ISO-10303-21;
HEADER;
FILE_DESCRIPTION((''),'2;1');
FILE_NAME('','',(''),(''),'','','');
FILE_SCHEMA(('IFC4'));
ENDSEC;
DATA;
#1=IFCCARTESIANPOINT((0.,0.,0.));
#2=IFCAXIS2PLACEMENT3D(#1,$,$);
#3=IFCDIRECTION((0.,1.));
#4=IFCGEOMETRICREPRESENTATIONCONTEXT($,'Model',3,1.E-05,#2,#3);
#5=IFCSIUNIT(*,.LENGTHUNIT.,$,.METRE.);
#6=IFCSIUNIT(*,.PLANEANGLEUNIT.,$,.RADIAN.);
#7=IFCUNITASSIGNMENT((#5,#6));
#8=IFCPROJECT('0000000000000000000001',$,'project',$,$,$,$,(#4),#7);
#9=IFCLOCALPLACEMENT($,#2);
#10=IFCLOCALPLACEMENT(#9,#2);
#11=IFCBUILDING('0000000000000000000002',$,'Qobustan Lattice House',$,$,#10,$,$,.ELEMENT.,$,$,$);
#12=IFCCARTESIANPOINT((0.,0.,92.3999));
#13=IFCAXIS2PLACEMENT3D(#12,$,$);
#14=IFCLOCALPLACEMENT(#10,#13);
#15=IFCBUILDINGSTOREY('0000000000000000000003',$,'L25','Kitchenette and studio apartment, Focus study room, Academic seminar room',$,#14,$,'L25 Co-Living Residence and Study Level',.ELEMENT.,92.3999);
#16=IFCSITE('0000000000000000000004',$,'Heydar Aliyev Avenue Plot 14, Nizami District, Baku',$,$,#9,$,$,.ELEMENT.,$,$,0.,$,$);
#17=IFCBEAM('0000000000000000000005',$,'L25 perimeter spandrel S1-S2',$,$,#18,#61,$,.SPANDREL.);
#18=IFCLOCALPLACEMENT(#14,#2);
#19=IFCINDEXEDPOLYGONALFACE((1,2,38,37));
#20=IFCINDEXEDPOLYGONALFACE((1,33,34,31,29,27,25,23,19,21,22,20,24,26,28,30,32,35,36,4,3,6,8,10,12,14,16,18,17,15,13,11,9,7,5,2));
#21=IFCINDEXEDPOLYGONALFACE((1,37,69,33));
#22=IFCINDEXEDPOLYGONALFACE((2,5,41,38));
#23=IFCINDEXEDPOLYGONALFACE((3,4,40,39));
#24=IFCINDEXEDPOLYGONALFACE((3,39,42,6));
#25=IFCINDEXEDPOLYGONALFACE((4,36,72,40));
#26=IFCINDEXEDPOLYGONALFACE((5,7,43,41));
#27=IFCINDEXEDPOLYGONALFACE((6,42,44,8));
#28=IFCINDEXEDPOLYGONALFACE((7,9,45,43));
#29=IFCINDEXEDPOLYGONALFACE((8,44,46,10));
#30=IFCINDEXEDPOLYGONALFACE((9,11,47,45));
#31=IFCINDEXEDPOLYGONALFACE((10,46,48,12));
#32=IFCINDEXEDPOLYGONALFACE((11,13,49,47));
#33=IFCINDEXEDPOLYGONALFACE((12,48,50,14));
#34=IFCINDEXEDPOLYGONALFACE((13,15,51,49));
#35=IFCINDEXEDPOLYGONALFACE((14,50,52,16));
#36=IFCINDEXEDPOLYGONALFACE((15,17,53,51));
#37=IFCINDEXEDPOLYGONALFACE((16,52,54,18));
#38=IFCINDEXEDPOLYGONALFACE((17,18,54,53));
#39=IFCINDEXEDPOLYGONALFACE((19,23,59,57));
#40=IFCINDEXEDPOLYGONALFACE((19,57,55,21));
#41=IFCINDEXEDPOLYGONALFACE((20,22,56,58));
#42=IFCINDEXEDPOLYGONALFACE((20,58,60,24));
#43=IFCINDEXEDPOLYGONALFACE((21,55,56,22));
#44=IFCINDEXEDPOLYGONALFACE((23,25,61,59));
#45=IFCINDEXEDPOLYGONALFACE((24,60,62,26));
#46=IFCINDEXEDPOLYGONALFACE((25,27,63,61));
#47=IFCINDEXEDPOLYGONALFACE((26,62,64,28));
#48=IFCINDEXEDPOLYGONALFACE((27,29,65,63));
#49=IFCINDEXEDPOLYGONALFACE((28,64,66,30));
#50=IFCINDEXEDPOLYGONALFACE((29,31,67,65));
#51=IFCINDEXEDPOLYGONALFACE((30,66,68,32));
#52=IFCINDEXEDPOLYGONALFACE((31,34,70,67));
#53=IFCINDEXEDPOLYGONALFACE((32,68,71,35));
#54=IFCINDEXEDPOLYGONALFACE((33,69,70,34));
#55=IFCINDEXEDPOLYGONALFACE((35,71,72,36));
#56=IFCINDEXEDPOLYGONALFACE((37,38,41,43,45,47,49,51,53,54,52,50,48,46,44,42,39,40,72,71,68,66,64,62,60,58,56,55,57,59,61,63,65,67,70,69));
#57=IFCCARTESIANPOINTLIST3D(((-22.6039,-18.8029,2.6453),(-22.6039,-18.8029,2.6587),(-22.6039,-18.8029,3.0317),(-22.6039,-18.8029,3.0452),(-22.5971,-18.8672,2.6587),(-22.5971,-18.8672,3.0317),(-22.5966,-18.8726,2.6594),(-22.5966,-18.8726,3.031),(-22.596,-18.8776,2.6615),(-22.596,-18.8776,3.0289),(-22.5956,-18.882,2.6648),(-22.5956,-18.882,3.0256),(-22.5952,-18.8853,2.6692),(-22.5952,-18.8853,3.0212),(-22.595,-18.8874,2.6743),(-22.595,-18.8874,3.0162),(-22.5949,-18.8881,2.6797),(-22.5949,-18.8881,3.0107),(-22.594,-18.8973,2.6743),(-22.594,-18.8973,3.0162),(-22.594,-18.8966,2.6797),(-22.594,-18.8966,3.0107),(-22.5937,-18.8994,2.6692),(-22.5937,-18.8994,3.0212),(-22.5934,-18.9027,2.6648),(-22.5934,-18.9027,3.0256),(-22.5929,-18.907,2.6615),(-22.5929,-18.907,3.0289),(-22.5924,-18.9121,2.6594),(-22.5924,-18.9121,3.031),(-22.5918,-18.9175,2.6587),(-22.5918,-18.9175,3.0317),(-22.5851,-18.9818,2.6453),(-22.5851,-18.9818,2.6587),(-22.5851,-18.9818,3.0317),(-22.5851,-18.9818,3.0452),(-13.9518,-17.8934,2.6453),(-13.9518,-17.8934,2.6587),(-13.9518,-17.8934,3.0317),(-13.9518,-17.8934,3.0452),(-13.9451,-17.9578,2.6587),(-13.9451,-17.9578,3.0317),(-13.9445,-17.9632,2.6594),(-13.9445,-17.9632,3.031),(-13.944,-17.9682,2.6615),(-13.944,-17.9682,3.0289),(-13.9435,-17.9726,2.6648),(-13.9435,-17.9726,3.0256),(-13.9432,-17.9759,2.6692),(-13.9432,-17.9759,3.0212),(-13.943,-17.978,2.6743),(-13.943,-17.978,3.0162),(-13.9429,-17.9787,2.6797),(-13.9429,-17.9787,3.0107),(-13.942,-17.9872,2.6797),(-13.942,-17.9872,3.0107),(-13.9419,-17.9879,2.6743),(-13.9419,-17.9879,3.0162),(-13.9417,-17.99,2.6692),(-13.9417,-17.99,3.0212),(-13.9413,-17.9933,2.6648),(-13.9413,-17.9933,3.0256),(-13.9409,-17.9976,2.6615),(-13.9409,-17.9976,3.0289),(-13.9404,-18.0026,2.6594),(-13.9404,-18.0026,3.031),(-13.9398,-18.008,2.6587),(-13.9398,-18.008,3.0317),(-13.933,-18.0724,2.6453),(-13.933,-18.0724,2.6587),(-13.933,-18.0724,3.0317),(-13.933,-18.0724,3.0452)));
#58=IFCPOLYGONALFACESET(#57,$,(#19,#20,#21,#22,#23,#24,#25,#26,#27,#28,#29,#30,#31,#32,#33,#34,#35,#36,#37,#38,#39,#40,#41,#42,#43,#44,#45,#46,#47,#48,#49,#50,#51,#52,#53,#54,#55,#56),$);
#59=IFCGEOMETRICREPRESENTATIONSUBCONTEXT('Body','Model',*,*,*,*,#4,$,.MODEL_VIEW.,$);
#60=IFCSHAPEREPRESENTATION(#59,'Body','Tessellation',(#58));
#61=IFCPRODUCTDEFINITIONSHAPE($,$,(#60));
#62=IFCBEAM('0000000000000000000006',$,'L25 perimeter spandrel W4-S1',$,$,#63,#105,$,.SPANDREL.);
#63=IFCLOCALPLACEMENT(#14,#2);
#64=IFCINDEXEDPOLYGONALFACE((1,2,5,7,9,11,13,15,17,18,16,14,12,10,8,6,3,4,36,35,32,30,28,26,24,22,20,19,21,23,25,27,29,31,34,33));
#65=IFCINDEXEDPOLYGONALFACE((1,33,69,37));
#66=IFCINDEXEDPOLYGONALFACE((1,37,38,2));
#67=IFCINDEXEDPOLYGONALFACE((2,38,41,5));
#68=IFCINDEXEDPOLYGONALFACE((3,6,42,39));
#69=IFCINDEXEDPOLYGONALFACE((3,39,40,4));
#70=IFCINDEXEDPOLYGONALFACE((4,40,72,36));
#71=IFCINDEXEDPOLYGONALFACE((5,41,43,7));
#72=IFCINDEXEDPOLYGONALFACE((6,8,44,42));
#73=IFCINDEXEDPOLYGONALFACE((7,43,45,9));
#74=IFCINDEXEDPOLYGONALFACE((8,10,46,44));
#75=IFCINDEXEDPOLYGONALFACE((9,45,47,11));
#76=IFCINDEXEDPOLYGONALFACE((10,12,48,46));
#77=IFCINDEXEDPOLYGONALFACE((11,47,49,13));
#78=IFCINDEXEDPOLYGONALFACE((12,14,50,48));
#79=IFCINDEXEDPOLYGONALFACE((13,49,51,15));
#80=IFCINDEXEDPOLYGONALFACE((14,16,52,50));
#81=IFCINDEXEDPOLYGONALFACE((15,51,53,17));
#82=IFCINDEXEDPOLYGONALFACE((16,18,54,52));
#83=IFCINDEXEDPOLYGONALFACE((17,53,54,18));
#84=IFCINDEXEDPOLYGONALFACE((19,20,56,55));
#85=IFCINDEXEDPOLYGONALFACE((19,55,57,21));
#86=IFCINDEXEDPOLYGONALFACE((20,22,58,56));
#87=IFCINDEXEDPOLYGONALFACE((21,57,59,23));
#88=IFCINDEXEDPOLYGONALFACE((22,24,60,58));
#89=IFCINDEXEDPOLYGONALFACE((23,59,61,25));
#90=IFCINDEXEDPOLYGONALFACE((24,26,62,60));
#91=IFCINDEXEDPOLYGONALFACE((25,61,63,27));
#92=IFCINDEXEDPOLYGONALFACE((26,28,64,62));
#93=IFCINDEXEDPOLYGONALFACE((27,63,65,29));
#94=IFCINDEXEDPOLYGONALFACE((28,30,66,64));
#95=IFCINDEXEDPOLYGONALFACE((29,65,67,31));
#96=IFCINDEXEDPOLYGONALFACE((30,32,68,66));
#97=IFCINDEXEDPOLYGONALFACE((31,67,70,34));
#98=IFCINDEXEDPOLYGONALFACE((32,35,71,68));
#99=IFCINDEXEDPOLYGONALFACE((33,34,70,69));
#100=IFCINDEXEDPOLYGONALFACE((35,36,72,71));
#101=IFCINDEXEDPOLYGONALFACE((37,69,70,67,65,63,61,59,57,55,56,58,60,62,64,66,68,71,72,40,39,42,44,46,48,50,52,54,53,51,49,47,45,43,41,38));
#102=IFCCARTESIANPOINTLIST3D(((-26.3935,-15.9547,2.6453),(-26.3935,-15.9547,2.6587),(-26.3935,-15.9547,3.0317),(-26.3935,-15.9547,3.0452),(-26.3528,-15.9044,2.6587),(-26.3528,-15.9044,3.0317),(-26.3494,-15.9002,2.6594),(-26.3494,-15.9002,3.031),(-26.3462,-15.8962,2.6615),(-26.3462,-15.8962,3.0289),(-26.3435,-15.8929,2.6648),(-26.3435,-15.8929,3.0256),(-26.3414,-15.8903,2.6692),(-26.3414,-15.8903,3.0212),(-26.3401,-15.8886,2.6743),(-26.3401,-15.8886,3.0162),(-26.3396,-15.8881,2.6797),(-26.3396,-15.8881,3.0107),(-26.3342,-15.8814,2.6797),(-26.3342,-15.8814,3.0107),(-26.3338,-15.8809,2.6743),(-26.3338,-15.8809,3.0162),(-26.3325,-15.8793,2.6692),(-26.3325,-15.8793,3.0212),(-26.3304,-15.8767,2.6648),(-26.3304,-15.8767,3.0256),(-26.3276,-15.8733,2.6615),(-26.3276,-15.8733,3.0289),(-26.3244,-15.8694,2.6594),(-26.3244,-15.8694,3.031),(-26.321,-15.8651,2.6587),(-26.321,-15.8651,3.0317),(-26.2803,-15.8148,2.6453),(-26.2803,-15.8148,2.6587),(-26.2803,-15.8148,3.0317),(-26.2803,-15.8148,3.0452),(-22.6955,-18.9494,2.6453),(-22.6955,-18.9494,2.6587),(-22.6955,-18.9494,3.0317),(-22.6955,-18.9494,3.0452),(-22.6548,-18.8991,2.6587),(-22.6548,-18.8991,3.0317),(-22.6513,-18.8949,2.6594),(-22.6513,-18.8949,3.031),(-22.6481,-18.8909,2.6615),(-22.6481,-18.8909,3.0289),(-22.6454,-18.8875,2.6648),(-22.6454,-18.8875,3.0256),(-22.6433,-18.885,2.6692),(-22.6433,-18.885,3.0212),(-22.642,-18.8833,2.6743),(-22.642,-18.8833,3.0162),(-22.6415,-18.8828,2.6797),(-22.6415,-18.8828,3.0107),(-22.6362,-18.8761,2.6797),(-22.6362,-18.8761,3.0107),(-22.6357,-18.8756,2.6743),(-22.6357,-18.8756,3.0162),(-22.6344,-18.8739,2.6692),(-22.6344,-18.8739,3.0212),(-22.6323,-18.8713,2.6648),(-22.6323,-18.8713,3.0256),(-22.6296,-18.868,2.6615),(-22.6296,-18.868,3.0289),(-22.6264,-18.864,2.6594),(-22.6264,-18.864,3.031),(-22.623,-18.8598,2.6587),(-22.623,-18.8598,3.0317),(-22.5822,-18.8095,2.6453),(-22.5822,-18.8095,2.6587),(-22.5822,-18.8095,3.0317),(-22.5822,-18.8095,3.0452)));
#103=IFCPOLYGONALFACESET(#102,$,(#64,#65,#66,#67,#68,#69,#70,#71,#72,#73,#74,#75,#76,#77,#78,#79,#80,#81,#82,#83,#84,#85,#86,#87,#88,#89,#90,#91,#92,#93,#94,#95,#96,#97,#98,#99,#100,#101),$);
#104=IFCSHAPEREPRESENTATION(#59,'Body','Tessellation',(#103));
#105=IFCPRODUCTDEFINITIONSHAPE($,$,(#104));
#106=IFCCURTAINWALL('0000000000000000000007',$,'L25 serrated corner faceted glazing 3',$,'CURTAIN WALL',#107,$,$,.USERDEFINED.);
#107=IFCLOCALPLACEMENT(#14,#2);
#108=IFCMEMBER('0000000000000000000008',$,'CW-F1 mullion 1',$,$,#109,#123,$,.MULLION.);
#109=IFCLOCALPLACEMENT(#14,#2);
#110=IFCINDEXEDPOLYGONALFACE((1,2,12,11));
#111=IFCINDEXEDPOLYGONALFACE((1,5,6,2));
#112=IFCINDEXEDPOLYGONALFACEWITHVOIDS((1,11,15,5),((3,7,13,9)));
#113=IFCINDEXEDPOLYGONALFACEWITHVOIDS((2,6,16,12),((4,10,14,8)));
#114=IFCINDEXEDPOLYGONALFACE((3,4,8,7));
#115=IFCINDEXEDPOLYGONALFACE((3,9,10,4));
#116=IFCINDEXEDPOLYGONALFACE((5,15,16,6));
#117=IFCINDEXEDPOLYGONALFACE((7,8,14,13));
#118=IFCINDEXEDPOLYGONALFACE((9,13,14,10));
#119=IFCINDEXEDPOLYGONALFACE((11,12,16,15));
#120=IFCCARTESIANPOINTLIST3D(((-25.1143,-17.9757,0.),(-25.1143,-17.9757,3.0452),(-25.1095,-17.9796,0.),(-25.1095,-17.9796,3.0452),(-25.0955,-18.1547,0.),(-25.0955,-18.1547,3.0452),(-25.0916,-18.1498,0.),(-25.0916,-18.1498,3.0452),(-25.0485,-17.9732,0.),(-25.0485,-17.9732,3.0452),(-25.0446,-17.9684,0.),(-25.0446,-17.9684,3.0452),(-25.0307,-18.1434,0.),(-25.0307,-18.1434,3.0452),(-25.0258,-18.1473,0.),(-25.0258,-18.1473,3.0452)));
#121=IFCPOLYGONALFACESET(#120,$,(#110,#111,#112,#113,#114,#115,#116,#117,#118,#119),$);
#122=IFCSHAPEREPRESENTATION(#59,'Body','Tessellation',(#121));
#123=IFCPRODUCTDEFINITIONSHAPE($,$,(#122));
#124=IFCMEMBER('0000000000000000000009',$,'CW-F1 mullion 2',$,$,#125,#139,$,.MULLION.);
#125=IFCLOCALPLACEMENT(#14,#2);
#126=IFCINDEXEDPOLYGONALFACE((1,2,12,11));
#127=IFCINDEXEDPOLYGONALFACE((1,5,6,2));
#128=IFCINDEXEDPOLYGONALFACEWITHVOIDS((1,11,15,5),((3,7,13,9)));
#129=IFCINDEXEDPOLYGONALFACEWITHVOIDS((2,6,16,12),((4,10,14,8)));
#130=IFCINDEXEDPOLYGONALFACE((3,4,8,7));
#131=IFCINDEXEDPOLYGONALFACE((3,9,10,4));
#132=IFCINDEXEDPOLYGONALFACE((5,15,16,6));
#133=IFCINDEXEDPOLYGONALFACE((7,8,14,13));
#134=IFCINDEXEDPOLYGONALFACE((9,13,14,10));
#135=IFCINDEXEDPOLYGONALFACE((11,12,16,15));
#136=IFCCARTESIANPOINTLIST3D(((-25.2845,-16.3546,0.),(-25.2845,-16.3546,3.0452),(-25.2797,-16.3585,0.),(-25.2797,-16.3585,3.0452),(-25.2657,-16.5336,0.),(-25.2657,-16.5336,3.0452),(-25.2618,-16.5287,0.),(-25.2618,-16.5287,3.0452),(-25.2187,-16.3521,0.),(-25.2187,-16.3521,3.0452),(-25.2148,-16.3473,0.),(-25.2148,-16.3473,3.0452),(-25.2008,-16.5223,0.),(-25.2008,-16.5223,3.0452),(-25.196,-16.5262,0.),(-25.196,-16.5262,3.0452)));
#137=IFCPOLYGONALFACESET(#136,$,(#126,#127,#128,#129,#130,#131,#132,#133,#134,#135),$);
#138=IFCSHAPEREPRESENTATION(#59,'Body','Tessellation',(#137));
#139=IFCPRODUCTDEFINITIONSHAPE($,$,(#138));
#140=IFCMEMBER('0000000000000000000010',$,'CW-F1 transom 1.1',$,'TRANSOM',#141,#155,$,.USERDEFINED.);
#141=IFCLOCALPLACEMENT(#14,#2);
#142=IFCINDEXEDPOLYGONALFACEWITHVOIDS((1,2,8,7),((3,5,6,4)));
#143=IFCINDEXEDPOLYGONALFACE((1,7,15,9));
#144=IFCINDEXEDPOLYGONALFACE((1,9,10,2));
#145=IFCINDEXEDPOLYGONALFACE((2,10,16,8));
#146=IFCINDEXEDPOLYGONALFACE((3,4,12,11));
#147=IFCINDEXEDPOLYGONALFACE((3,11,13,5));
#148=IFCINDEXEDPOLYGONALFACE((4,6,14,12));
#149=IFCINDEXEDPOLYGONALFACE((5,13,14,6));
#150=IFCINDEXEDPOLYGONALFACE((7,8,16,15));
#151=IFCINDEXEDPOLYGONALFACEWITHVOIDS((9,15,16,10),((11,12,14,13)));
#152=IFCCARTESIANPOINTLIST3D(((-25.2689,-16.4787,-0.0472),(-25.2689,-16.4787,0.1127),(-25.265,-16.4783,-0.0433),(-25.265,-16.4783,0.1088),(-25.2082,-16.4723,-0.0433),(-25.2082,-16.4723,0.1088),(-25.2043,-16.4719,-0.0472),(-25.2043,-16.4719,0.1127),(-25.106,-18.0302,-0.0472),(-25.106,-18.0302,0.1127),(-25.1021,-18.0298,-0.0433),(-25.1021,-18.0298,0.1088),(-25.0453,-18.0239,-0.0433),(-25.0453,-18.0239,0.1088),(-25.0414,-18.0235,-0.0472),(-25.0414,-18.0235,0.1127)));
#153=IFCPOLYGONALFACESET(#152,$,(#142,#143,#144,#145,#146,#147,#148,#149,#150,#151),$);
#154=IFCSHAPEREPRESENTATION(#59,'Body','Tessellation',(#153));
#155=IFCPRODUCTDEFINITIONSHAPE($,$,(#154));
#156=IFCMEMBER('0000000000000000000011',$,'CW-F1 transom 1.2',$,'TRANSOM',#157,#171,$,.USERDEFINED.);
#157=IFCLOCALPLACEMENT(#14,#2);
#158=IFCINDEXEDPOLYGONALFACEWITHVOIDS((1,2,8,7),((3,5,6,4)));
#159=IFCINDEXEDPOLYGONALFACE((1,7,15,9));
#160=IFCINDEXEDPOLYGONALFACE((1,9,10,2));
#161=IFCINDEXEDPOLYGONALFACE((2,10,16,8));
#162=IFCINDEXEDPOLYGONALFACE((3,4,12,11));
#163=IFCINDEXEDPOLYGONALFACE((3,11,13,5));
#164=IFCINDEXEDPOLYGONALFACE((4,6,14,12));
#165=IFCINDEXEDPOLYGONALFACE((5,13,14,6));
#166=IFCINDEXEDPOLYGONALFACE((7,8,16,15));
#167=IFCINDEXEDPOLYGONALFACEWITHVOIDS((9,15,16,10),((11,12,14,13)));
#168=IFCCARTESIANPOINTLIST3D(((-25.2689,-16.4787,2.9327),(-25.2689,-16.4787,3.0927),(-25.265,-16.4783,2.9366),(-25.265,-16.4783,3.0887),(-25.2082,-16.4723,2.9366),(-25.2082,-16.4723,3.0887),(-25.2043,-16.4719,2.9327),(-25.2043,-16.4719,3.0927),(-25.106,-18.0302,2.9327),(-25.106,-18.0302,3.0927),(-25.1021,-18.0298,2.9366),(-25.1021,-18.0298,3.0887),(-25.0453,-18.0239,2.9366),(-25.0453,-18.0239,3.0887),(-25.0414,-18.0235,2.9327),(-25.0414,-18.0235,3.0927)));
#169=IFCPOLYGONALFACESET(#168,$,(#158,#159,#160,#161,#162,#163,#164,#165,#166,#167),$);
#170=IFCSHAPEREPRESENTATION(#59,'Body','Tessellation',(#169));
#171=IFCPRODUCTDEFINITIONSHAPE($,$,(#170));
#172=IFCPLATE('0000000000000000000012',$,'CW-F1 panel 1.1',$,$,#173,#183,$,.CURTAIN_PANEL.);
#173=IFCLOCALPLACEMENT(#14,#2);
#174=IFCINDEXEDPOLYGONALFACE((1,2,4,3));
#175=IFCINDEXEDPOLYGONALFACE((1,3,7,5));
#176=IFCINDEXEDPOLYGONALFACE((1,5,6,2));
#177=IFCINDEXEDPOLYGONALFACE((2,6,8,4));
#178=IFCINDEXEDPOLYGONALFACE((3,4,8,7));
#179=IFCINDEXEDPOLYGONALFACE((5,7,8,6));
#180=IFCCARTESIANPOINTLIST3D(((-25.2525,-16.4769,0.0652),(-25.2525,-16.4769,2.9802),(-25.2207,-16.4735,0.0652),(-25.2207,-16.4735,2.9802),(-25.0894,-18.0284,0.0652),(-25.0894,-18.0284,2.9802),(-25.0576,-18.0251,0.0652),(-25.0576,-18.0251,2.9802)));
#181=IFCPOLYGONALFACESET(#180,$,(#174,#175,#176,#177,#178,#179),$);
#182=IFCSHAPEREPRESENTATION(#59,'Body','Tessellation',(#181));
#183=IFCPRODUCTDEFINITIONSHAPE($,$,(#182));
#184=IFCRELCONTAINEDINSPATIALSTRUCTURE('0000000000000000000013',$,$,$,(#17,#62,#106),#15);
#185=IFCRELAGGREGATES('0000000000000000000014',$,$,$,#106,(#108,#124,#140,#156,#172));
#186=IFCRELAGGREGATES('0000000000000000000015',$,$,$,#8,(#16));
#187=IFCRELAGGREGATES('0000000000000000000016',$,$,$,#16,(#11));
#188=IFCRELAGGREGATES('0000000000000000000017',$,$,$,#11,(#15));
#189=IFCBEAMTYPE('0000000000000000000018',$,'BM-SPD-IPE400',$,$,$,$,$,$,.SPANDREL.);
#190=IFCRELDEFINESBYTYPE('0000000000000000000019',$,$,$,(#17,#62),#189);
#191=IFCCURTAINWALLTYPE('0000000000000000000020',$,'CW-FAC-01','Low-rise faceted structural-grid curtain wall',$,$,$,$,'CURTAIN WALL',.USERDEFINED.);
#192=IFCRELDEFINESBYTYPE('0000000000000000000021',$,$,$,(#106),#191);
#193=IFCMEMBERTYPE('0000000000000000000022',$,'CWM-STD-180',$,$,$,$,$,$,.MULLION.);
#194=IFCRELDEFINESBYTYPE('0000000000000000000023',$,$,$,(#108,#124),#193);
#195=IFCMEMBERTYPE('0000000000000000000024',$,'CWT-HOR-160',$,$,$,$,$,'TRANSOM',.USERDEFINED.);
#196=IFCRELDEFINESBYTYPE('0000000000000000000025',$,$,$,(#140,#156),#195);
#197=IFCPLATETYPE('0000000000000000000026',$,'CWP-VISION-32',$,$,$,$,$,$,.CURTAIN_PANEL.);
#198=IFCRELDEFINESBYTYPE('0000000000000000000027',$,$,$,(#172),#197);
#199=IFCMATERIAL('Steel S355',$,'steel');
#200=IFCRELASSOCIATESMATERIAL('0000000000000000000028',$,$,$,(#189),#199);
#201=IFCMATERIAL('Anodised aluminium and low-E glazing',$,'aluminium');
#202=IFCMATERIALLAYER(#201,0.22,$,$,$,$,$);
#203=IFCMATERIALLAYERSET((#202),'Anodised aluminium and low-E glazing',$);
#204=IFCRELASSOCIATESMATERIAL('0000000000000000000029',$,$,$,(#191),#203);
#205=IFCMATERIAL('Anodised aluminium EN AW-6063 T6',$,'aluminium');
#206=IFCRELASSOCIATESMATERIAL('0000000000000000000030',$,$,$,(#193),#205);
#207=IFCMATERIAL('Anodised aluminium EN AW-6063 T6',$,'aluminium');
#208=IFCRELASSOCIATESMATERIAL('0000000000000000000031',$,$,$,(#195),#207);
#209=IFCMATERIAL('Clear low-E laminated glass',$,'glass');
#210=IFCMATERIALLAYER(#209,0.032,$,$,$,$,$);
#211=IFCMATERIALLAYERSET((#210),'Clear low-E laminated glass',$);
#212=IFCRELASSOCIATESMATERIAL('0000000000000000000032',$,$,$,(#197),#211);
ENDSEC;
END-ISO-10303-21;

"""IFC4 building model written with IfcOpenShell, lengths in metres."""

from ifc_helpers import new_model, si_unit, direction, frame, origin, origin_2d, place, context, subcontext, project, spatial, rectangle, hollow_rectangle, i_section, extrude, material, layer, layer_set, material_profile, profile_set, type_object, element, aggregate, save


model = new_model("IFC4")

# Units and contexts
model_context = context("Model", 3, precision=1e-05, world=origin(), true_north=direction((0.0, 1.0)))
body_context = subcontext(model_context, "Body", "Model", "MODEL_VIEW")
ifc_project = project(units=[si_unit("LENGTHUNIT", "METRE"), si_unit("PLANEANGLEUNIT", "RADIAN")], contexts=[model_context])

# Site, building, storey
site_placement = place(None, origin())
site = spatial("IfcSite", under=ifc_project, at=site_placement, Name="Heydar Aliyev Avenue Plot 14, Nizami District, Baku", CompositionType="ELEMENT", RefElevation=0.0)
building_placement = place(site_placement, origin())
building = spatial("IfcBuilding", under=site, at=building_placement, Name="Qobustan Lattice House", CompositionType="ELEMENT")
storey_placement = place(building_placement, frame((0.0, 0.0, 92.3999)))
storey = spatial("IfcBuildingStorey", under=building, at=storey_placement, Name="L25", Description="Kitchenette and studio apartment, Focus study room, Academic seminar room", LongName="L25 Co-Living Residence and Study Level", CompositionType="ELEMENT", Elevation=92.3999)

# Beams
ifc_material_1 = material(Name="Steel S355", Category="steel")
ifc_material_profile_1 = material_profile(ifc_material_1, i_section(OverallWidth=0.1799, OverallDepth=0.3999, WebThickness=0.0085, FlangeThickness=0.0134, FilletRadius=0.021, at=origin_2d()), Name="IPE400")
ifc_profile_set_1 = profile_set([ifc_material_profile_1], Name="Steel S355")
beam_type_1 = type_object("IfcBeamType", Name="BM-SPD-IPE400", PredefinedType="SPANDREL", material=ifc_profile_set_1)
beam_1_placement = place(storey_placement, frame((-22.5945, -18.8923, 2.8452), z_axis=(0.994521, 0.104534, 0.0), x_axis=(-0.104534, 0.994521, 0.0)))
element("IfcBeam", 1, at=beam_1_placement, inside=storey, type_object=beam_type_1, Name="L25 perimeter spandrel S1-S2", PredefinedType="SPANDREL", context=body_context, shape_type="SweptSolid", body=[
    extrude(i_section(OverallWidth=0.1799, OverallDepth=0.3999, WebThickness=0.0085, FlangeThickness=0.0134, FilletRadius=0.021, at=origin_2d()), origin(), (0.0, 0.0, 1.0), 8.6997),
])
beam_2_placement = place(storey_placement, frame((-26.3369, -15.8848, 2.8452), z_axis=(0.777141, -0.629327, 0.0), x_axis=(0.629327, 0.777141, 0.0)))
element("IfcBeam", 2, at=beam_2_placement, inside=storey, type_object=beam_type_1, Name="L25 perimeter spandrel W4-S1", PredefinedType="SPANDREL", context=body_context, shape_type="SweptSolid", body=[
    extrude(i_section(OverallWidth=0.1799, OverallDepth=0.3999, WebThickness=0.0085, FlangeThickness=0.0134, FilletRadius=0.021, at=origin_2d()), origin(), (0.0, 0.0, 1.0), 4.7585),
])

# Curtain wall, members, plate
ifc_material_2 = material(Name="Anodised aluminium and low-E glazing", Category="aluminium")
ifc_layer_1 = layer(ifc_material_2, 0.22)
ifc_layer_set_1 = layer_set([ifc_layer_1], Name="Anodised aluminium and low-E glazing")
curtain_wall_type = type_object("IfcCurtainWallType", Name="CW-FAC-01", Description="Low-rise faceted structural-grid curtain wall", ElementType="CURTAIN WALL", PredefinedType="USERDEFINED", material=ifc_layer_set_1)
curtain_wall_placement = place(storey_placement, origin())
curtain_wall = element("IfcCurtainWall", 3, at=curtain_wall_placement, inside=storey, type_object=curtain_wall_type, Name="L25 serrated corner faceted glazing 3", ObjectType="CURTAIN WALL", PredefinedType="USERDEFINED")
ifc_material_3 = material(Name="Anodised aluminium EN AW-6063 T6", Category="aluminium")
ifc_material_profile_2 = material_profile(ifc_material_3, hollow_rectangle(XDim=0.0701, YDim=0.1799, WallThickness=0.0044, at=origin_2d()), Name="CWM-180x70")
ifc_profile_set_2 = profile_set([ifc_material_profile_2], Name="Anodised aluminium EN AW-6063 T6")
member_type_1 = type_object("IfcMemberType", Name="CWM-STD-180", PredefinedType="MULLION", material=ifc_profile_set_2)
member_1_placement = place(storey_placement, frame((-25.0701, -18.0615, 0.0), z_axis=(0.0, 0.0, 1.0), x_axis=(-0.994522, -0.104529, 0.0)))
member_1 = element("IfcMember", 4, at=member_1_placement, type_object=member_type_1, Name="CW-F1 mullion 1", PredefinedType="MULLION", context=body_context, shape_type="SweptSolid", body=[
    extrude(hollow_rectangle(XDim=0.0701, YDim=0.1799, WallThickness=0.0044, at=origin_2d()), origin(), (0.0, 0.0, 1.0), 3.0452),
])
member_2_placement = place(storey_placement, frame((-25.2402, -16.4404, 0.0), z_axis=(0.0, 0.0, 1.0), x_axis=(-0.994522, -0.104529, 0.0)))
member_2 = element("IfcMember", 5, at=member_2_placement, type_object=member_type_1, Name="CW-F1 mullion 2", PredefinedType="MULLION", context=body_context, shape_type="SweptSolid", body=[
    extrude(hollow_rectangle(XDim=0.0701, YDim=0.1799, WallThickness=0.0044, at=origin_2d()), origin(), (0.0, 0.0, 1.0), 3.0452),
])
ifc_material_4 = material(Name="Anodised aluminium EN AW-6063 T6", Category="aluminium")
ifc_material_profile_3 = material_profile(ifc_material_4, hollow_rectangle(XDim=0.0649, YDim=0.1599, WallThickness=0.0039, at=origin_2d()), Name="CWT-160x65")
ifc_profile_set_3 = profile_set([ifc_material_profile_3], Name="Anodised aluminium EN AW-6063 T6")
member_type_2 = type_object("IfcMemberType", Name="CWT-HOR-160", ElementType="TRANSOM", PredefinedType="USERDEFINED", material=ifc_profile_set_3)
member_3_placement = place(storey_placement, frame((-25.0737, -18.0269, 0.0327), z_axis=(-0.104383, 0.994537, 0.0), x_axis=(-0.994537, -0.104383, 0.0)))
member_3 = element("IfcMember", 6, at=member_3_placement, type_object=member_type_2, Name="CW-F1 transom 1.1", ObjectType="TRANSOM", PredefinedType="USERDEFINED", context=body_context, shape_type="SweptSolid", body=[
    extrude(hollow_rectangle(XDim=0.0649, YDim=0.1599, WallThickness=0.0039, at=origin_2d()), origin(), (0.0, 0.0, 1.0), 1.5601),
])
member_4_placement = place(storey_placement, frame((-25.0737, -18.0269, 3.0127), z_axis=(-0.104383, 0.994537, 0.0), x_axis=(-0.994537, -0.104383, 0.0)))
member_4 = element("IfcMember", 7, at=member_4_placement, type_object=member_type_2, Name="CW-F1 transom 1.2", ObjectType="TRANSOM", PredefinedType="USERDEFINED", context=body_context, shape_type="SweptSolid", body=[
    extrude(hollow_rectangle(XDim=0.0649, YDim=0.1599, WallThickness=0.0039, at=origin_2d()), origin(), (0.0, 0.0, 1.0), 1.5601),
])
ifc_material_5 = material(Name="Clear low-E laminated glass", Category="glass")
ifc_layer_2 = layer(ifc_material_5, 0.032)
ifc_layer_set_2 = layer_set([ifc_layer_2], Name="Clear low-E laminated glass")
plate_type_1 = type_object("IfcPlateType", Name="CWP-VISION-32", PredefinedType="CURTAIN_PANEL", material=ifc_layer_set_2)
plate_1_placement = place(storey_placement, frame((-25.155, -17.251, 0.0652), z_axis=(0.0, 0.0, 1.0), x_axis=(-0.104529, 0.994522, 0.0)))
plate_1 = element("IfcPlate", 8, at=plate_1_placement, type_object=plate_type_1, Name="CW-F1 panel 1.1", PredefinedType="CURTAIN_PANEL", context=body_context, shape_type="SweptSolid", body=[
    extrude(rectangle(XDim=1.5601, YDim=0.032, at=origin_2d()), origin(), (0.0, 0.0, 1.0), 2.915),
])
aggregate(curtain_wall, [member_1, member_2, member_3, member_4, plate_1])

save(model, "model.ifc")
